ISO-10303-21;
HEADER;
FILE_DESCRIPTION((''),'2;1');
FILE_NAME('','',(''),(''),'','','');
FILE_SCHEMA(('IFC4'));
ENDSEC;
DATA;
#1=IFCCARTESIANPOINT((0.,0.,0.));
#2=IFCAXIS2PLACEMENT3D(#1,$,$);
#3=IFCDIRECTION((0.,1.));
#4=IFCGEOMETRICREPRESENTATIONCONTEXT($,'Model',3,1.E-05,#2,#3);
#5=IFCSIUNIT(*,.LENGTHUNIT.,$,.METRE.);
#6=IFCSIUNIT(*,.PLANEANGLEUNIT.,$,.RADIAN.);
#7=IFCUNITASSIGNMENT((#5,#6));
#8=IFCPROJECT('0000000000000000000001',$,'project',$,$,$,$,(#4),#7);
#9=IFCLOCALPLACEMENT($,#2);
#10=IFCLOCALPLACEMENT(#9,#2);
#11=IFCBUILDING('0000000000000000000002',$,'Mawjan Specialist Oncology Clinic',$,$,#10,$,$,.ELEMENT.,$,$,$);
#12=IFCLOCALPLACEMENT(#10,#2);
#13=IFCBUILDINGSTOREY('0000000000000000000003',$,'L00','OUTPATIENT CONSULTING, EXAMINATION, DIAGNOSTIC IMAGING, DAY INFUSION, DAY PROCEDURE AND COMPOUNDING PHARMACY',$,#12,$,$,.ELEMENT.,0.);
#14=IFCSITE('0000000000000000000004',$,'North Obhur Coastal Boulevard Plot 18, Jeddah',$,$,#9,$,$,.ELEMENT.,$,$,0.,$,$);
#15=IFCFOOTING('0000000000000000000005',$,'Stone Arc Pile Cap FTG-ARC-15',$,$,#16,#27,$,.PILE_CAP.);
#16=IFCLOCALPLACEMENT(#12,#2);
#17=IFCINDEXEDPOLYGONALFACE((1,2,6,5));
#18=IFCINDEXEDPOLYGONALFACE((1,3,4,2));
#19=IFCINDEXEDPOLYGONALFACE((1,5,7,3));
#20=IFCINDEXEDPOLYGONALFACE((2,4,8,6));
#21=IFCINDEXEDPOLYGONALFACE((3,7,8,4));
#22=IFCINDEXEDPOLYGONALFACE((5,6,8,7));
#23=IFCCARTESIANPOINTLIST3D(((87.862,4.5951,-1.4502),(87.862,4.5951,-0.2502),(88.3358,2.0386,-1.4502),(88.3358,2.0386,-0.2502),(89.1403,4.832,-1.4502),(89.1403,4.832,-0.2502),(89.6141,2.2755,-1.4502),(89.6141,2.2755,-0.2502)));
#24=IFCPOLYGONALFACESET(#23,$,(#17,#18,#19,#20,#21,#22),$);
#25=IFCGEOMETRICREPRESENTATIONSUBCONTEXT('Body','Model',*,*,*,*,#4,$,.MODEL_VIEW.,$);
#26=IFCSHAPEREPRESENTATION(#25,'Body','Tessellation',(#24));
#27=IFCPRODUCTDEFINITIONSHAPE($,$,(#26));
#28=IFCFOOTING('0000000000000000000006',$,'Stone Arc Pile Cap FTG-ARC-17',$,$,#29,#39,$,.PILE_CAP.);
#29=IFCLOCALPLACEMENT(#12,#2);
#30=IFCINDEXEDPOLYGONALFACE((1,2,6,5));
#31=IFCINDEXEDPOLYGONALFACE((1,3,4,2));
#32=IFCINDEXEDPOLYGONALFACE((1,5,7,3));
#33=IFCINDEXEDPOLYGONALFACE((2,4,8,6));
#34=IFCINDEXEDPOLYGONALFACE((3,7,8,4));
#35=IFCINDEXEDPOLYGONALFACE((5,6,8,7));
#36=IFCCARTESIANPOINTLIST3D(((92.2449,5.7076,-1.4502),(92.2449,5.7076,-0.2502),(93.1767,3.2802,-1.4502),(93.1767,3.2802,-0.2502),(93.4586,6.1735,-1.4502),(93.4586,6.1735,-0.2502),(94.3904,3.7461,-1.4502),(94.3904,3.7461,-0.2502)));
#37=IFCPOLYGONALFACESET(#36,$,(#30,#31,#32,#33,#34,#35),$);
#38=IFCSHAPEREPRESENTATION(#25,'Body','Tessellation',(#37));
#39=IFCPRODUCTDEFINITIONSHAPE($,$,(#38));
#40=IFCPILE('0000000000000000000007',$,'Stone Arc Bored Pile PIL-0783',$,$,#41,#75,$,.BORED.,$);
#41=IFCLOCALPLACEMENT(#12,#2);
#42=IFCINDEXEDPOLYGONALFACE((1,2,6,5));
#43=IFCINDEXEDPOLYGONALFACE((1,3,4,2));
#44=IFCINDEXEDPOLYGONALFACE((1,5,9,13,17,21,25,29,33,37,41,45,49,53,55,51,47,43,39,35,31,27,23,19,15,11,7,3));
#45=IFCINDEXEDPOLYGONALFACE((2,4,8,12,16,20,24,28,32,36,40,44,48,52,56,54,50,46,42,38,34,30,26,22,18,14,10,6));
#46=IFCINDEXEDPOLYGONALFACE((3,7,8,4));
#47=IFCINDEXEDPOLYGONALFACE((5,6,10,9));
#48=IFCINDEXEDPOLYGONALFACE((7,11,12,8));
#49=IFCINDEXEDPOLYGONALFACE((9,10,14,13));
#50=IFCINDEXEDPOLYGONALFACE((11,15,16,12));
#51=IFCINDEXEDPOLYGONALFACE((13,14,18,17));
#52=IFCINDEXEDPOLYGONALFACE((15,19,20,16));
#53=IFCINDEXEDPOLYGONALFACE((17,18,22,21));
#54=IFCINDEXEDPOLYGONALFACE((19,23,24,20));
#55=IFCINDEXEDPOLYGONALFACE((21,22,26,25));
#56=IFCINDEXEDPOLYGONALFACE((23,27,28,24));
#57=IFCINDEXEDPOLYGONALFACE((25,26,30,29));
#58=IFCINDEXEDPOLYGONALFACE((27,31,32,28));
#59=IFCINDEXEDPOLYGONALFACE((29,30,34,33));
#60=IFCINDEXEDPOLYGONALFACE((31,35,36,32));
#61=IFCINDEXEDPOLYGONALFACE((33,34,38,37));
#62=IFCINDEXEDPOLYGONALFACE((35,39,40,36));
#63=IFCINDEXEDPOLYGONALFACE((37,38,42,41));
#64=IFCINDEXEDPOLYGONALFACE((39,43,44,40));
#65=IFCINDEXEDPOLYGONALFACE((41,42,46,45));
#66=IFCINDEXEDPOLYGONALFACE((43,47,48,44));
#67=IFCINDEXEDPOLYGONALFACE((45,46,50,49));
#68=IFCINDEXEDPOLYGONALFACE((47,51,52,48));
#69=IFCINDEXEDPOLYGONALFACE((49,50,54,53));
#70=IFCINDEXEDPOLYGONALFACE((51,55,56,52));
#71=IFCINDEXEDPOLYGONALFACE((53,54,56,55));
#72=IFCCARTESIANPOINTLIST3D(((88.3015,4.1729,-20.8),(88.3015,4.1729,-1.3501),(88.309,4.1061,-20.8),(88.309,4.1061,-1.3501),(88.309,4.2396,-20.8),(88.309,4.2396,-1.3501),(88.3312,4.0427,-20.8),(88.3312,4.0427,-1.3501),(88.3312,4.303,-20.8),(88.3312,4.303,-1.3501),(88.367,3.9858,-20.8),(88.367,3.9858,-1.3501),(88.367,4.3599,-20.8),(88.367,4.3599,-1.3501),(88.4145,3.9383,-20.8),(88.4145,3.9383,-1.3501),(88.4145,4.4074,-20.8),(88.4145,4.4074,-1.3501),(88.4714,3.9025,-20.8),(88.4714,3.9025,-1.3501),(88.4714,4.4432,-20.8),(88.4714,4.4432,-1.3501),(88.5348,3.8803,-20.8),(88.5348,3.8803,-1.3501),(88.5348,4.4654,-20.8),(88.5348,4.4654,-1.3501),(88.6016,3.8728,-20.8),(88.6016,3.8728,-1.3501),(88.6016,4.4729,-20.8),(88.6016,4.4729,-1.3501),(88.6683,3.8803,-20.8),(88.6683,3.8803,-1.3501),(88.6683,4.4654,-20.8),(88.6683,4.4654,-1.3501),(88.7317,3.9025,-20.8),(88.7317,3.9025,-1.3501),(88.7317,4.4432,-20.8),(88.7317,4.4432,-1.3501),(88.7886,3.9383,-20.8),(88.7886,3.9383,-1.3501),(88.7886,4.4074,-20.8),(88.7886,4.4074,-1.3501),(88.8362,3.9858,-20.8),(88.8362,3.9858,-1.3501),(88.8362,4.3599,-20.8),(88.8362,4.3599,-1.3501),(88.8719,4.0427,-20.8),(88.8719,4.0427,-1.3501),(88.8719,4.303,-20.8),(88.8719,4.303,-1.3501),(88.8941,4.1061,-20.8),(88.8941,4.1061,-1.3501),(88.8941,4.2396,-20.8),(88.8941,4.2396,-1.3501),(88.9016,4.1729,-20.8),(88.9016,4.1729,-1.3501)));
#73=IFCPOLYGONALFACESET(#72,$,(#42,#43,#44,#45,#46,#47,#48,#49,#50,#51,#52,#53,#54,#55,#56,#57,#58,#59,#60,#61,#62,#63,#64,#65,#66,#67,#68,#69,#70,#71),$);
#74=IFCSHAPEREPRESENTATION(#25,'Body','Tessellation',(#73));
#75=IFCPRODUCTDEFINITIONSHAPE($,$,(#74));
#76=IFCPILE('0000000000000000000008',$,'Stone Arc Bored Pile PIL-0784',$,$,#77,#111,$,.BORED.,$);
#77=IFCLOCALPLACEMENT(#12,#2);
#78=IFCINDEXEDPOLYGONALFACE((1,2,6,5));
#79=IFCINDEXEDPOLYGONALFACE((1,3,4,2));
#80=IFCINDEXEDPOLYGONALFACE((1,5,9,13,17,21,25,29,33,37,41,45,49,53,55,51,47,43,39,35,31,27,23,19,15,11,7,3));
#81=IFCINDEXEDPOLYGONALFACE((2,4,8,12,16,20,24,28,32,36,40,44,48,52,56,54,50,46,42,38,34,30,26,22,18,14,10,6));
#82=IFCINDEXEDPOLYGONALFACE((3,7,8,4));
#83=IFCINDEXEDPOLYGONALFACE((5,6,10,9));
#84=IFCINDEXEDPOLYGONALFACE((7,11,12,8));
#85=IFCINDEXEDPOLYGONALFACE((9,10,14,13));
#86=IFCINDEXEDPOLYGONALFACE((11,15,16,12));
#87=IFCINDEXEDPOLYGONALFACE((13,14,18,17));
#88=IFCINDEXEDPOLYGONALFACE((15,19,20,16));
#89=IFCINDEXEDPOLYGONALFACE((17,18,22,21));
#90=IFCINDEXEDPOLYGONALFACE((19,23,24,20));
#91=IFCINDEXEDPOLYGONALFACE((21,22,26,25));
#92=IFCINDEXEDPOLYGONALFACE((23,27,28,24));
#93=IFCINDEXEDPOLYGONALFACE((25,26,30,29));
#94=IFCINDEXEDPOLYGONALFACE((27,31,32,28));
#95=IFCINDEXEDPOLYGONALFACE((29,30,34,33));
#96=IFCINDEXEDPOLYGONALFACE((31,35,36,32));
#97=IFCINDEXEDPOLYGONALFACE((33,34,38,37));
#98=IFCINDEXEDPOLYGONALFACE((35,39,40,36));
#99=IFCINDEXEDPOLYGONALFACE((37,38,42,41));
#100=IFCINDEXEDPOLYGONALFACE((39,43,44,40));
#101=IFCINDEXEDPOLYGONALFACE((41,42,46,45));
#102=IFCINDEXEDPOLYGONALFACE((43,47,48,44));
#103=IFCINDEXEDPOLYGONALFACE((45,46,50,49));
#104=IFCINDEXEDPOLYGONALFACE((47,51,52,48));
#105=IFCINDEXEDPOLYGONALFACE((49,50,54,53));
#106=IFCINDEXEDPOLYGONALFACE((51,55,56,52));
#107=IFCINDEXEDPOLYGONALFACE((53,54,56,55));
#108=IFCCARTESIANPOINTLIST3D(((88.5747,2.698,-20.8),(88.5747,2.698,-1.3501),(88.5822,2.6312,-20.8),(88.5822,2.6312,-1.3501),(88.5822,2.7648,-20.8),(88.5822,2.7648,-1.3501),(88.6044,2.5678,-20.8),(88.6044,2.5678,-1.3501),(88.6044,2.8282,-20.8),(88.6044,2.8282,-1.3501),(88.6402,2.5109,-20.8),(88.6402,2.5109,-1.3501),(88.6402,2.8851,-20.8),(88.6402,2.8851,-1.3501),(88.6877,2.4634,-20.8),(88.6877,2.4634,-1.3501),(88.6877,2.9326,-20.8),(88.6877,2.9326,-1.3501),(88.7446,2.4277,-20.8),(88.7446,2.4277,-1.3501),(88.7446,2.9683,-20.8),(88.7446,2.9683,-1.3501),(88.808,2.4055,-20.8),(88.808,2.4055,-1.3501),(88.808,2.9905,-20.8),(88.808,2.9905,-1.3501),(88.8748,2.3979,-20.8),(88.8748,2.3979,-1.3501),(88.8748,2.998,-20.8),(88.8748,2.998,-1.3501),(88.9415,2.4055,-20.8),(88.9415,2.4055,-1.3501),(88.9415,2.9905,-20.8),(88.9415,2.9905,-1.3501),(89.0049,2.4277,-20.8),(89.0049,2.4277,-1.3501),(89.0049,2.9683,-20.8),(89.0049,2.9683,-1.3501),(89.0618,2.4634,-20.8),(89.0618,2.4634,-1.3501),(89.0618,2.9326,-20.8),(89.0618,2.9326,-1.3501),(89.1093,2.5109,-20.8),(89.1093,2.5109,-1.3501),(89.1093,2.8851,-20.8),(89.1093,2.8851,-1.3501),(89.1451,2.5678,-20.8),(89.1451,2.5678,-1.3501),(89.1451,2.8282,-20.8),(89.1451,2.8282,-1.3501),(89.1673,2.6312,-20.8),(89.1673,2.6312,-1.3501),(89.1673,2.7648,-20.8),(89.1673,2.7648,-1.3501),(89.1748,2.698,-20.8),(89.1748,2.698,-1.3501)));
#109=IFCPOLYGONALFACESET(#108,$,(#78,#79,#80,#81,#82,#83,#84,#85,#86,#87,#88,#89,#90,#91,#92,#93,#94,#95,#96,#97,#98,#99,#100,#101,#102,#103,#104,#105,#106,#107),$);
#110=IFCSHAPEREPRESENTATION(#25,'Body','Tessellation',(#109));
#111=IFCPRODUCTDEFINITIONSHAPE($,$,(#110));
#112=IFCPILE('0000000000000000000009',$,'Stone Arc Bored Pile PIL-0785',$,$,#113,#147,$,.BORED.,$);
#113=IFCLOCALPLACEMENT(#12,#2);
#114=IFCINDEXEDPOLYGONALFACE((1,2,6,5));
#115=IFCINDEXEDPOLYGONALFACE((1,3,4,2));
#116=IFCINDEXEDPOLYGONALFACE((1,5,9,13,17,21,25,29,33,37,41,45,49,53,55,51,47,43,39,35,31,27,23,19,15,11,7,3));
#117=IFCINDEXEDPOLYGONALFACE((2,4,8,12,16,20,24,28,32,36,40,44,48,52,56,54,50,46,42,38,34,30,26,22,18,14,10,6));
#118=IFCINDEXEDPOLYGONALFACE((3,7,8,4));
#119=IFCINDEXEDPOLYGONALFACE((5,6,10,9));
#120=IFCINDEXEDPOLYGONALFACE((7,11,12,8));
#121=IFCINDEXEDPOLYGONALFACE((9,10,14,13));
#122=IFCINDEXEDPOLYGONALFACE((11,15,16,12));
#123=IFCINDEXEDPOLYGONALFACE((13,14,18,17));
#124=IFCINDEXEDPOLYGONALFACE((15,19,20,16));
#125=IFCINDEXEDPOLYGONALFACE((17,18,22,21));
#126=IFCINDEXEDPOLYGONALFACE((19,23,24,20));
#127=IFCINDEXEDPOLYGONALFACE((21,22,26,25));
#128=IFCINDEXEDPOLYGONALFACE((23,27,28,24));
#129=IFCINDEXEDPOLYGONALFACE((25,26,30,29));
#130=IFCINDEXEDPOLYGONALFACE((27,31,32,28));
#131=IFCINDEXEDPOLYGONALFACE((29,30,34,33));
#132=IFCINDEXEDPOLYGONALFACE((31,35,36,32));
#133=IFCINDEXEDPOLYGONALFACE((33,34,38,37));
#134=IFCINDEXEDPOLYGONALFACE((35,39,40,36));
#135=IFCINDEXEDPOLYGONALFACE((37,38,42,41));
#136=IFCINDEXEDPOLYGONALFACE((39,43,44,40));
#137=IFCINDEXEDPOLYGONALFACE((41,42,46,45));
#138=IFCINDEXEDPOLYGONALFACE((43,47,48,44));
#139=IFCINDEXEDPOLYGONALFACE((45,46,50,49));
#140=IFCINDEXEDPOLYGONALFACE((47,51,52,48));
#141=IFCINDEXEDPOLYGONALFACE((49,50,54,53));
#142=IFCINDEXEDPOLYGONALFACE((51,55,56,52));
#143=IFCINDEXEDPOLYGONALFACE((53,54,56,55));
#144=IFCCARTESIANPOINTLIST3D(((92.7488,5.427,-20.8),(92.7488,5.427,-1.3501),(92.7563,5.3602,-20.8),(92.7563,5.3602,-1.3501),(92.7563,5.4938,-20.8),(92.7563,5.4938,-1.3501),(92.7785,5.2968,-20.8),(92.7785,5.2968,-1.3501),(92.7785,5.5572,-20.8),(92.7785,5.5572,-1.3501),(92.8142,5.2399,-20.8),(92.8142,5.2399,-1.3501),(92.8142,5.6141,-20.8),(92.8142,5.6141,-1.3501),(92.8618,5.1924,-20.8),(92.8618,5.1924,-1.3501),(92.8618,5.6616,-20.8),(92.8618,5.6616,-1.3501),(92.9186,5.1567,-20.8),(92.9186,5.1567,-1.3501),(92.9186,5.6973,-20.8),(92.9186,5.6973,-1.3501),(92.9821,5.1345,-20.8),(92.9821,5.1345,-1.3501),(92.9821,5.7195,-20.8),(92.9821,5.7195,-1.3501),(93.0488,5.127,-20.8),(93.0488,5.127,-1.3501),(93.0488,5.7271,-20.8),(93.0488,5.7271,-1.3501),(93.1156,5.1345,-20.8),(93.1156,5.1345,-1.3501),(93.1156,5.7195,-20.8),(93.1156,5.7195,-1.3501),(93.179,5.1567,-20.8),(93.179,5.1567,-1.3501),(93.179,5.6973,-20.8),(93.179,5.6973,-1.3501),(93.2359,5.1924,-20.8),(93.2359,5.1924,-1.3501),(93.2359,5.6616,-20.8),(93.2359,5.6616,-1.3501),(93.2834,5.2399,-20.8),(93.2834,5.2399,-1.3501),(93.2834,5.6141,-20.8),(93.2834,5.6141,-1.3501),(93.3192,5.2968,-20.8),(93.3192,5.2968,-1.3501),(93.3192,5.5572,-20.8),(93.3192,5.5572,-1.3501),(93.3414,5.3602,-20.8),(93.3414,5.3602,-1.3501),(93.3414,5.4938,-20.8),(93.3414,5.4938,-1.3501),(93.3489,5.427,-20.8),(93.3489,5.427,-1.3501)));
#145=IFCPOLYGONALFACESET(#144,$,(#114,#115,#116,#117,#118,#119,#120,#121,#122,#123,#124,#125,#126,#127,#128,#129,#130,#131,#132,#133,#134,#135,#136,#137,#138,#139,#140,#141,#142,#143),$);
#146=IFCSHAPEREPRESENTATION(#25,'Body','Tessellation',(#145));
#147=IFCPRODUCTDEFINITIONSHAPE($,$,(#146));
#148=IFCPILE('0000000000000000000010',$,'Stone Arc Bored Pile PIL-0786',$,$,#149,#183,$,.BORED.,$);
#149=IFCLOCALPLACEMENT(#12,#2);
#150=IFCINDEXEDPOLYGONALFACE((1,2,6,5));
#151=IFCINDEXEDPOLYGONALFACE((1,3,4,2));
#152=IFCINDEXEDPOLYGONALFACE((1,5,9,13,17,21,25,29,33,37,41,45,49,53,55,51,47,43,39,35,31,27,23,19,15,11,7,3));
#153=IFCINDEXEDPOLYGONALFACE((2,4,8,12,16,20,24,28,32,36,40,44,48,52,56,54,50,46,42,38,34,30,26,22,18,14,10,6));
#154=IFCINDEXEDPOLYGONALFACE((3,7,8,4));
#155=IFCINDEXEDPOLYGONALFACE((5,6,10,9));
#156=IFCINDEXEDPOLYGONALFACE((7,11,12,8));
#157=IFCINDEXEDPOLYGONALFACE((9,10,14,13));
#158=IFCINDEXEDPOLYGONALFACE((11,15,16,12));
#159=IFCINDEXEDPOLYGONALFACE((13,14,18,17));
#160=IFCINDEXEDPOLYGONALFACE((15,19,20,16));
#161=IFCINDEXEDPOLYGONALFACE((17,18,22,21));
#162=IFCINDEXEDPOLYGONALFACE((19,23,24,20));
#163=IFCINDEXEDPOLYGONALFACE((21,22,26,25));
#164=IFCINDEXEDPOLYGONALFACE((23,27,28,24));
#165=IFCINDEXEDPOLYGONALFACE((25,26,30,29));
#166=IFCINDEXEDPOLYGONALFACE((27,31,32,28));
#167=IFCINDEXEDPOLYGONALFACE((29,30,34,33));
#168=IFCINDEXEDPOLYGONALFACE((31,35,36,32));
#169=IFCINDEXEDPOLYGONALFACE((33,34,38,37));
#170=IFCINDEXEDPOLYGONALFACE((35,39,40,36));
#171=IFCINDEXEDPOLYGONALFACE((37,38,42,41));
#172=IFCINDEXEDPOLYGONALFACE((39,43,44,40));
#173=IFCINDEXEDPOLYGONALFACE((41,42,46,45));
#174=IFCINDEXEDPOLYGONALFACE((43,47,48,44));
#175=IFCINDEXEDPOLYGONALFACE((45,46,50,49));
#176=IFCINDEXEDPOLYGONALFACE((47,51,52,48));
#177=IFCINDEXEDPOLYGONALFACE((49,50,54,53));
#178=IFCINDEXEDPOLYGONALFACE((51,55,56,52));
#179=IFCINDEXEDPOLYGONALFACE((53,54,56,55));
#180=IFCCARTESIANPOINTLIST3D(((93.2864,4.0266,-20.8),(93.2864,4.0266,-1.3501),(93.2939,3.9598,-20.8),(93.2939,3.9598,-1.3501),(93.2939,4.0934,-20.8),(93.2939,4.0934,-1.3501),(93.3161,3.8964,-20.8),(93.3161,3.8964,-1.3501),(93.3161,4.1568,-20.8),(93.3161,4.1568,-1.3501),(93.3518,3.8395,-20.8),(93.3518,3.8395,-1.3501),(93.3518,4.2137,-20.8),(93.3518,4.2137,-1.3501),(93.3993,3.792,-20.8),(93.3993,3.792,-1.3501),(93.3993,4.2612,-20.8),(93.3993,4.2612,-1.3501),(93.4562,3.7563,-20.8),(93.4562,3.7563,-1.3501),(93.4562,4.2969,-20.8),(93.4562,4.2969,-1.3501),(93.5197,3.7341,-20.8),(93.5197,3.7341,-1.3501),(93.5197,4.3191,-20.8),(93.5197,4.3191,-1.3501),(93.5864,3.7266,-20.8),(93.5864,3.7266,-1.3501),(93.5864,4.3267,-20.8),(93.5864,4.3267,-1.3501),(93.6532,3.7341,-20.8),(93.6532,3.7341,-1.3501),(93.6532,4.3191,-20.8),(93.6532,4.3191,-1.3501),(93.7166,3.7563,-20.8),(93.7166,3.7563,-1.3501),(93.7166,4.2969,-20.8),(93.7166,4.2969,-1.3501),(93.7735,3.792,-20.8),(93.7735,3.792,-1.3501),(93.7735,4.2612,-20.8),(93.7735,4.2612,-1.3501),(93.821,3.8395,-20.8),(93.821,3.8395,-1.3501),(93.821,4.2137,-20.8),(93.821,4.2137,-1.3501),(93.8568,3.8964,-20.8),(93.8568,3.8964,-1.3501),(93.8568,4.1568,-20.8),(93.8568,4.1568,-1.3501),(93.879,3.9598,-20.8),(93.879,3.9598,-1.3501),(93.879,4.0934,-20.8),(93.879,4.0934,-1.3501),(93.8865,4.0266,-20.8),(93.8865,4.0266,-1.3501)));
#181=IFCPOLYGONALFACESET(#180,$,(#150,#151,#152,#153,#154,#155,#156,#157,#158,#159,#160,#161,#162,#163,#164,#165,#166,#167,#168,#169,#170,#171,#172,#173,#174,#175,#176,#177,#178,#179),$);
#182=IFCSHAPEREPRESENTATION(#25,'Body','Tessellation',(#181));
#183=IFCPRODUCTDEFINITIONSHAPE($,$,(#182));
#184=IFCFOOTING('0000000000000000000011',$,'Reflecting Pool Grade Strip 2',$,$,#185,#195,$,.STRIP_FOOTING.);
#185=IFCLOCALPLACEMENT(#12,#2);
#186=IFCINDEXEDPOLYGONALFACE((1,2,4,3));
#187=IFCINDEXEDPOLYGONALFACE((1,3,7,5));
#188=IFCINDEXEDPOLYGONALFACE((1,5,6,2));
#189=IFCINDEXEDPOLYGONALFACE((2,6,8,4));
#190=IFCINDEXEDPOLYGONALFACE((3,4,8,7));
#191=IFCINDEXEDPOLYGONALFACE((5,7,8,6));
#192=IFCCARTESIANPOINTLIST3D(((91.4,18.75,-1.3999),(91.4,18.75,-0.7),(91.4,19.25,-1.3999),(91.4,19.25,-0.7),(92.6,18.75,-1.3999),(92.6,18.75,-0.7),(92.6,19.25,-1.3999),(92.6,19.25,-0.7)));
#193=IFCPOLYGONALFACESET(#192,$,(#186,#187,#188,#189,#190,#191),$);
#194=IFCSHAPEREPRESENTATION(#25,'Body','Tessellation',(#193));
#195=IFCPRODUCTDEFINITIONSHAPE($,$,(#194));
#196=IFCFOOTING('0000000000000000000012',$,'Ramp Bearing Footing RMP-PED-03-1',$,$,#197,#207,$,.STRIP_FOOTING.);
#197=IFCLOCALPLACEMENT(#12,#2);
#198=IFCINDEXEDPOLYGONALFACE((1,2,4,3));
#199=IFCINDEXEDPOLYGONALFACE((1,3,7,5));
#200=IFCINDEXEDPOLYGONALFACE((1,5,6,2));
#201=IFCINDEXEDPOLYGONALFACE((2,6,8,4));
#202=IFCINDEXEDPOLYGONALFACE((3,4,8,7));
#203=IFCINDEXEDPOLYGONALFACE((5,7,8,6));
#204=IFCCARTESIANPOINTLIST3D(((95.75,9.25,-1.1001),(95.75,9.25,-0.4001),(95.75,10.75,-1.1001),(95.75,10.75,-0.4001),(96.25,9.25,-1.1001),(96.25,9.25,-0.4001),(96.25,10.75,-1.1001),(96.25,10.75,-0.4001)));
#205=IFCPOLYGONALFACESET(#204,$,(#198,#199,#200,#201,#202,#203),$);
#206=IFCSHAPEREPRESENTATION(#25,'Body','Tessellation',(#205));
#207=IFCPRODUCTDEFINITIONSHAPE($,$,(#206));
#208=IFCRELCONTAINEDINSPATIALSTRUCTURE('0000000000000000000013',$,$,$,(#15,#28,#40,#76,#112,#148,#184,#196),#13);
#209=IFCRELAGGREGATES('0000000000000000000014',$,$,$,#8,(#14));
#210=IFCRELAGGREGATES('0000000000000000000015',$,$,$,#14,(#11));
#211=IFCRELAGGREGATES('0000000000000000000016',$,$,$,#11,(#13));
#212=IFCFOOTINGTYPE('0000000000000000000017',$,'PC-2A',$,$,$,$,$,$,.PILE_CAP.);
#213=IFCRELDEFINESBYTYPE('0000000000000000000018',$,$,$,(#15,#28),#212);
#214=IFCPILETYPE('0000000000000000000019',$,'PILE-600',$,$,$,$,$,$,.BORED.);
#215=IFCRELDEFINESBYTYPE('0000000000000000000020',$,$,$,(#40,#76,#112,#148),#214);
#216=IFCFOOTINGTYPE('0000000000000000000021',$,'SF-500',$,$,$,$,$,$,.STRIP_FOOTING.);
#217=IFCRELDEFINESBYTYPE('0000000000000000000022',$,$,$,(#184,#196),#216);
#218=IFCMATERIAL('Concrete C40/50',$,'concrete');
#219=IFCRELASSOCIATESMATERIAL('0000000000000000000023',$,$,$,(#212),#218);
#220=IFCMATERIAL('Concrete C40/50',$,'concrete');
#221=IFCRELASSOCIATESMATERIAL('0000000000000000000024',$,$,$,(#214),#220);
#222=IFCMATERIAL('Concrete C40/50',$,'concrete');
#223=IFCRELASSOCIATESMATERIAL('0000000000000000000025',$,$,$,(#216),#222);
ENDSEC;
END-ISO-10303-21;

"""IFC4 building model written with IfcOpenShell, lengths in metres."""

from ifc_helpers import new_model, si_unit, direction, frame, origin, origin_2d, place, context, subcontext, project, spatial, rectangle, circle, extrude, material, material_profile, profile_set, type_object, element, save


model = new_model("IFC4")

# Units and contexts
model_context = context("Model", 3, precision=1e-05, world=origin(), true_north=direction((0.0, 1.0)))
body_context = subcontext(model_context, "Body", "Model", "MODEL_VIEW")
ifc_project = project(units=[si_unit("LENGTHUNIT", "METRE"), si_unit("PLANEANGLEUNIT", "RADIAN")], contexts=[model_context])

# Site, building, storey
site_placement = place(None, origin())
site = spatial("IfcSite", under=ifc_project, at=site_placement, Name="North Obhur Coastal Boulevard Plot 18, Jeddah", CompositionType="ELEMENT", RefElevation=0.0)
building_placement = place(site_placement, origin())
building = spatial("IfcBuilding", under=site, at=building_placement, Name="Mawjan Specialist Oncology Clinic", CompositionType="ELEMENT")
storey_placement = place(building_placement, origin())
storey = spatial("IfcBuildingStorey", under=building, at=storey_placement, Name="L00", Description="OUTPATIENT CONSULTING, EXAMINATION, DIAGNOSTIC IMAGING, DAY INFUSION, DAY PROCEDURE AND COMPOUNDING PHARMACY", CompositionType="ELEMENT", Elevation=0.0)

# Footings
ifc_material_1 = material(Name="Concrete C40/50", Category="concrete")
footing_type_1 = type_object("IfcFootingType", Name="PC-2A", PredefinedType="PILE_CAP", material=ifc_material_1)
for number, where, z_axis, x_axis, name in (
    (1, (88.738, 3.4353, -1.4502), (0.0, 0.0, 1.0), (0.182236, -0.983255, 0.0), "Stone Arc Pile Cap FTG-ARC-15"),
    (2, (93.3176, 4.7268, -1.4502), (0.0, 0.0, 1.0), (0.358368, -0.93358, 0.0), "Stone Arc Pile Cap FTG-ARC-17"),
):
    element("IfcFooting", number, at=place(storey_placement, frame(where, z_axis=z_axis, x_axis=x_axis)), inside=storey, type_object=footing_type_1, Name=name, PredefinedType="PILE_CAP", context=body_context, shape_type="SweptSolid", body=[
        extrude(rectangle(XDim=2.6001, YDim=1.3, at=origin_2d()), origin(), (0.0, 0.0, 1.0), 1.2),
    ])

# Piles
ifc_material_2 = material(Name="Concrete C40/50", Category="concrete")
ifc_material_profile_1 = material_profile(ifc_material_2, circle(Radius=0.3, at=origin_2d()), Name="BORED PILE D600", Category="concrete")
ifc_profile_set_1 = profile_set([ifc_material_profile_1], Name="Concrete C40/50")
pile_type = type_object("IfcPileType", Name="PILE-600", PredefinedType="BORED", material=ifc_profile_set_1)
for number, where, z_axis, x_axis, name in (
    (3, (88.6016, 4.1729, -1.3501), (0.0, 0.0, -1.0), (1.0, 0.0, 0.0), "Stone Arc Bored Pile PIL-0783"),
    (4, (88.8748, 2.698, -1.3501), (0.0, 0.0, -1.0), (1.0, 0.0, 0.0), "Stone Arc Bored Pile PIL-0784"),
    (5, (93.0488, 5.427, -1.3501), (0.0, 0.0, -1.0), (1.0, 0.0, 0.0), "Stone Arc Bored Pile PIL-0785"),
    (6, (93.5864, 4.0266, -1.3501), (0.0, 0.0, -1.0), (1.0, 0.0, 0.0), "Stone Arc Bored Pile PIL-0786"),
):
    element("IfcPile", number, at=place(storey_placement, frame(where, z_axis=z_axis, x_axis=x_axis)), inside=storey, type_object=pile_type, Name=name, PredefinedType="BORED", context=body_context, shape_type="SweptSolid", body=[
        extrude(circle(Radius=0.3, at=origin_2d()), origin(), (0.0, 0.0, 1.0), 19.45),
    ])

# Footings
ifc_material_3 = material(Name="Concrete C40/50", Category="concrete")
footing_type_2 = type_object("IfcFootingType", Name="SF-500", PredefinedType="STRIP_FOOTING", material=ifc_material_3)
footing_1_placement = place(storey_placement, frame((92.0, 19.0, -1.3999), z_axis=(0.0, 0.0, 1.0), x_axis=(1.0, 0.0, 0.0)))
element("IfcFooting", 7, at=footing_1_placement, inside=storey, type_object=footing_type_2, Name="Reflecting Pool Grade Strip 2", PredefinedType="STRIP_FOOTING", context=body_context, shape_type="SweptSolid", body=[
    extrude(rectangle(XDim=1.2, YDim=0.5, at=origin_2d()), origin(), (0.0, 0.0, 1.0), 0.7),
])
footing_2_placement = place(storey_placement, frame((96.0, 10.0, -1.1001), z_axis=(0.0, 0.0, 1.0), x_axis=(1.0, 0.0, 0.0)))
element("IfcFooting", 8, at=footing_2_placement, inside=storey, type_object=footing_type_2, Name="Ramp Bearing Footing RMP-PED-03-1", PredefinedType="STRIP_FOOTING", context=body_context, shape_type="SweptSolid", body=[
    extrude(rectangle(XDim=0.5, YDim=1.5, at=origin_2d()), origin(), (0.0, 0.0, 1.0), 0.7),
])

save(model, "model.ifc")
